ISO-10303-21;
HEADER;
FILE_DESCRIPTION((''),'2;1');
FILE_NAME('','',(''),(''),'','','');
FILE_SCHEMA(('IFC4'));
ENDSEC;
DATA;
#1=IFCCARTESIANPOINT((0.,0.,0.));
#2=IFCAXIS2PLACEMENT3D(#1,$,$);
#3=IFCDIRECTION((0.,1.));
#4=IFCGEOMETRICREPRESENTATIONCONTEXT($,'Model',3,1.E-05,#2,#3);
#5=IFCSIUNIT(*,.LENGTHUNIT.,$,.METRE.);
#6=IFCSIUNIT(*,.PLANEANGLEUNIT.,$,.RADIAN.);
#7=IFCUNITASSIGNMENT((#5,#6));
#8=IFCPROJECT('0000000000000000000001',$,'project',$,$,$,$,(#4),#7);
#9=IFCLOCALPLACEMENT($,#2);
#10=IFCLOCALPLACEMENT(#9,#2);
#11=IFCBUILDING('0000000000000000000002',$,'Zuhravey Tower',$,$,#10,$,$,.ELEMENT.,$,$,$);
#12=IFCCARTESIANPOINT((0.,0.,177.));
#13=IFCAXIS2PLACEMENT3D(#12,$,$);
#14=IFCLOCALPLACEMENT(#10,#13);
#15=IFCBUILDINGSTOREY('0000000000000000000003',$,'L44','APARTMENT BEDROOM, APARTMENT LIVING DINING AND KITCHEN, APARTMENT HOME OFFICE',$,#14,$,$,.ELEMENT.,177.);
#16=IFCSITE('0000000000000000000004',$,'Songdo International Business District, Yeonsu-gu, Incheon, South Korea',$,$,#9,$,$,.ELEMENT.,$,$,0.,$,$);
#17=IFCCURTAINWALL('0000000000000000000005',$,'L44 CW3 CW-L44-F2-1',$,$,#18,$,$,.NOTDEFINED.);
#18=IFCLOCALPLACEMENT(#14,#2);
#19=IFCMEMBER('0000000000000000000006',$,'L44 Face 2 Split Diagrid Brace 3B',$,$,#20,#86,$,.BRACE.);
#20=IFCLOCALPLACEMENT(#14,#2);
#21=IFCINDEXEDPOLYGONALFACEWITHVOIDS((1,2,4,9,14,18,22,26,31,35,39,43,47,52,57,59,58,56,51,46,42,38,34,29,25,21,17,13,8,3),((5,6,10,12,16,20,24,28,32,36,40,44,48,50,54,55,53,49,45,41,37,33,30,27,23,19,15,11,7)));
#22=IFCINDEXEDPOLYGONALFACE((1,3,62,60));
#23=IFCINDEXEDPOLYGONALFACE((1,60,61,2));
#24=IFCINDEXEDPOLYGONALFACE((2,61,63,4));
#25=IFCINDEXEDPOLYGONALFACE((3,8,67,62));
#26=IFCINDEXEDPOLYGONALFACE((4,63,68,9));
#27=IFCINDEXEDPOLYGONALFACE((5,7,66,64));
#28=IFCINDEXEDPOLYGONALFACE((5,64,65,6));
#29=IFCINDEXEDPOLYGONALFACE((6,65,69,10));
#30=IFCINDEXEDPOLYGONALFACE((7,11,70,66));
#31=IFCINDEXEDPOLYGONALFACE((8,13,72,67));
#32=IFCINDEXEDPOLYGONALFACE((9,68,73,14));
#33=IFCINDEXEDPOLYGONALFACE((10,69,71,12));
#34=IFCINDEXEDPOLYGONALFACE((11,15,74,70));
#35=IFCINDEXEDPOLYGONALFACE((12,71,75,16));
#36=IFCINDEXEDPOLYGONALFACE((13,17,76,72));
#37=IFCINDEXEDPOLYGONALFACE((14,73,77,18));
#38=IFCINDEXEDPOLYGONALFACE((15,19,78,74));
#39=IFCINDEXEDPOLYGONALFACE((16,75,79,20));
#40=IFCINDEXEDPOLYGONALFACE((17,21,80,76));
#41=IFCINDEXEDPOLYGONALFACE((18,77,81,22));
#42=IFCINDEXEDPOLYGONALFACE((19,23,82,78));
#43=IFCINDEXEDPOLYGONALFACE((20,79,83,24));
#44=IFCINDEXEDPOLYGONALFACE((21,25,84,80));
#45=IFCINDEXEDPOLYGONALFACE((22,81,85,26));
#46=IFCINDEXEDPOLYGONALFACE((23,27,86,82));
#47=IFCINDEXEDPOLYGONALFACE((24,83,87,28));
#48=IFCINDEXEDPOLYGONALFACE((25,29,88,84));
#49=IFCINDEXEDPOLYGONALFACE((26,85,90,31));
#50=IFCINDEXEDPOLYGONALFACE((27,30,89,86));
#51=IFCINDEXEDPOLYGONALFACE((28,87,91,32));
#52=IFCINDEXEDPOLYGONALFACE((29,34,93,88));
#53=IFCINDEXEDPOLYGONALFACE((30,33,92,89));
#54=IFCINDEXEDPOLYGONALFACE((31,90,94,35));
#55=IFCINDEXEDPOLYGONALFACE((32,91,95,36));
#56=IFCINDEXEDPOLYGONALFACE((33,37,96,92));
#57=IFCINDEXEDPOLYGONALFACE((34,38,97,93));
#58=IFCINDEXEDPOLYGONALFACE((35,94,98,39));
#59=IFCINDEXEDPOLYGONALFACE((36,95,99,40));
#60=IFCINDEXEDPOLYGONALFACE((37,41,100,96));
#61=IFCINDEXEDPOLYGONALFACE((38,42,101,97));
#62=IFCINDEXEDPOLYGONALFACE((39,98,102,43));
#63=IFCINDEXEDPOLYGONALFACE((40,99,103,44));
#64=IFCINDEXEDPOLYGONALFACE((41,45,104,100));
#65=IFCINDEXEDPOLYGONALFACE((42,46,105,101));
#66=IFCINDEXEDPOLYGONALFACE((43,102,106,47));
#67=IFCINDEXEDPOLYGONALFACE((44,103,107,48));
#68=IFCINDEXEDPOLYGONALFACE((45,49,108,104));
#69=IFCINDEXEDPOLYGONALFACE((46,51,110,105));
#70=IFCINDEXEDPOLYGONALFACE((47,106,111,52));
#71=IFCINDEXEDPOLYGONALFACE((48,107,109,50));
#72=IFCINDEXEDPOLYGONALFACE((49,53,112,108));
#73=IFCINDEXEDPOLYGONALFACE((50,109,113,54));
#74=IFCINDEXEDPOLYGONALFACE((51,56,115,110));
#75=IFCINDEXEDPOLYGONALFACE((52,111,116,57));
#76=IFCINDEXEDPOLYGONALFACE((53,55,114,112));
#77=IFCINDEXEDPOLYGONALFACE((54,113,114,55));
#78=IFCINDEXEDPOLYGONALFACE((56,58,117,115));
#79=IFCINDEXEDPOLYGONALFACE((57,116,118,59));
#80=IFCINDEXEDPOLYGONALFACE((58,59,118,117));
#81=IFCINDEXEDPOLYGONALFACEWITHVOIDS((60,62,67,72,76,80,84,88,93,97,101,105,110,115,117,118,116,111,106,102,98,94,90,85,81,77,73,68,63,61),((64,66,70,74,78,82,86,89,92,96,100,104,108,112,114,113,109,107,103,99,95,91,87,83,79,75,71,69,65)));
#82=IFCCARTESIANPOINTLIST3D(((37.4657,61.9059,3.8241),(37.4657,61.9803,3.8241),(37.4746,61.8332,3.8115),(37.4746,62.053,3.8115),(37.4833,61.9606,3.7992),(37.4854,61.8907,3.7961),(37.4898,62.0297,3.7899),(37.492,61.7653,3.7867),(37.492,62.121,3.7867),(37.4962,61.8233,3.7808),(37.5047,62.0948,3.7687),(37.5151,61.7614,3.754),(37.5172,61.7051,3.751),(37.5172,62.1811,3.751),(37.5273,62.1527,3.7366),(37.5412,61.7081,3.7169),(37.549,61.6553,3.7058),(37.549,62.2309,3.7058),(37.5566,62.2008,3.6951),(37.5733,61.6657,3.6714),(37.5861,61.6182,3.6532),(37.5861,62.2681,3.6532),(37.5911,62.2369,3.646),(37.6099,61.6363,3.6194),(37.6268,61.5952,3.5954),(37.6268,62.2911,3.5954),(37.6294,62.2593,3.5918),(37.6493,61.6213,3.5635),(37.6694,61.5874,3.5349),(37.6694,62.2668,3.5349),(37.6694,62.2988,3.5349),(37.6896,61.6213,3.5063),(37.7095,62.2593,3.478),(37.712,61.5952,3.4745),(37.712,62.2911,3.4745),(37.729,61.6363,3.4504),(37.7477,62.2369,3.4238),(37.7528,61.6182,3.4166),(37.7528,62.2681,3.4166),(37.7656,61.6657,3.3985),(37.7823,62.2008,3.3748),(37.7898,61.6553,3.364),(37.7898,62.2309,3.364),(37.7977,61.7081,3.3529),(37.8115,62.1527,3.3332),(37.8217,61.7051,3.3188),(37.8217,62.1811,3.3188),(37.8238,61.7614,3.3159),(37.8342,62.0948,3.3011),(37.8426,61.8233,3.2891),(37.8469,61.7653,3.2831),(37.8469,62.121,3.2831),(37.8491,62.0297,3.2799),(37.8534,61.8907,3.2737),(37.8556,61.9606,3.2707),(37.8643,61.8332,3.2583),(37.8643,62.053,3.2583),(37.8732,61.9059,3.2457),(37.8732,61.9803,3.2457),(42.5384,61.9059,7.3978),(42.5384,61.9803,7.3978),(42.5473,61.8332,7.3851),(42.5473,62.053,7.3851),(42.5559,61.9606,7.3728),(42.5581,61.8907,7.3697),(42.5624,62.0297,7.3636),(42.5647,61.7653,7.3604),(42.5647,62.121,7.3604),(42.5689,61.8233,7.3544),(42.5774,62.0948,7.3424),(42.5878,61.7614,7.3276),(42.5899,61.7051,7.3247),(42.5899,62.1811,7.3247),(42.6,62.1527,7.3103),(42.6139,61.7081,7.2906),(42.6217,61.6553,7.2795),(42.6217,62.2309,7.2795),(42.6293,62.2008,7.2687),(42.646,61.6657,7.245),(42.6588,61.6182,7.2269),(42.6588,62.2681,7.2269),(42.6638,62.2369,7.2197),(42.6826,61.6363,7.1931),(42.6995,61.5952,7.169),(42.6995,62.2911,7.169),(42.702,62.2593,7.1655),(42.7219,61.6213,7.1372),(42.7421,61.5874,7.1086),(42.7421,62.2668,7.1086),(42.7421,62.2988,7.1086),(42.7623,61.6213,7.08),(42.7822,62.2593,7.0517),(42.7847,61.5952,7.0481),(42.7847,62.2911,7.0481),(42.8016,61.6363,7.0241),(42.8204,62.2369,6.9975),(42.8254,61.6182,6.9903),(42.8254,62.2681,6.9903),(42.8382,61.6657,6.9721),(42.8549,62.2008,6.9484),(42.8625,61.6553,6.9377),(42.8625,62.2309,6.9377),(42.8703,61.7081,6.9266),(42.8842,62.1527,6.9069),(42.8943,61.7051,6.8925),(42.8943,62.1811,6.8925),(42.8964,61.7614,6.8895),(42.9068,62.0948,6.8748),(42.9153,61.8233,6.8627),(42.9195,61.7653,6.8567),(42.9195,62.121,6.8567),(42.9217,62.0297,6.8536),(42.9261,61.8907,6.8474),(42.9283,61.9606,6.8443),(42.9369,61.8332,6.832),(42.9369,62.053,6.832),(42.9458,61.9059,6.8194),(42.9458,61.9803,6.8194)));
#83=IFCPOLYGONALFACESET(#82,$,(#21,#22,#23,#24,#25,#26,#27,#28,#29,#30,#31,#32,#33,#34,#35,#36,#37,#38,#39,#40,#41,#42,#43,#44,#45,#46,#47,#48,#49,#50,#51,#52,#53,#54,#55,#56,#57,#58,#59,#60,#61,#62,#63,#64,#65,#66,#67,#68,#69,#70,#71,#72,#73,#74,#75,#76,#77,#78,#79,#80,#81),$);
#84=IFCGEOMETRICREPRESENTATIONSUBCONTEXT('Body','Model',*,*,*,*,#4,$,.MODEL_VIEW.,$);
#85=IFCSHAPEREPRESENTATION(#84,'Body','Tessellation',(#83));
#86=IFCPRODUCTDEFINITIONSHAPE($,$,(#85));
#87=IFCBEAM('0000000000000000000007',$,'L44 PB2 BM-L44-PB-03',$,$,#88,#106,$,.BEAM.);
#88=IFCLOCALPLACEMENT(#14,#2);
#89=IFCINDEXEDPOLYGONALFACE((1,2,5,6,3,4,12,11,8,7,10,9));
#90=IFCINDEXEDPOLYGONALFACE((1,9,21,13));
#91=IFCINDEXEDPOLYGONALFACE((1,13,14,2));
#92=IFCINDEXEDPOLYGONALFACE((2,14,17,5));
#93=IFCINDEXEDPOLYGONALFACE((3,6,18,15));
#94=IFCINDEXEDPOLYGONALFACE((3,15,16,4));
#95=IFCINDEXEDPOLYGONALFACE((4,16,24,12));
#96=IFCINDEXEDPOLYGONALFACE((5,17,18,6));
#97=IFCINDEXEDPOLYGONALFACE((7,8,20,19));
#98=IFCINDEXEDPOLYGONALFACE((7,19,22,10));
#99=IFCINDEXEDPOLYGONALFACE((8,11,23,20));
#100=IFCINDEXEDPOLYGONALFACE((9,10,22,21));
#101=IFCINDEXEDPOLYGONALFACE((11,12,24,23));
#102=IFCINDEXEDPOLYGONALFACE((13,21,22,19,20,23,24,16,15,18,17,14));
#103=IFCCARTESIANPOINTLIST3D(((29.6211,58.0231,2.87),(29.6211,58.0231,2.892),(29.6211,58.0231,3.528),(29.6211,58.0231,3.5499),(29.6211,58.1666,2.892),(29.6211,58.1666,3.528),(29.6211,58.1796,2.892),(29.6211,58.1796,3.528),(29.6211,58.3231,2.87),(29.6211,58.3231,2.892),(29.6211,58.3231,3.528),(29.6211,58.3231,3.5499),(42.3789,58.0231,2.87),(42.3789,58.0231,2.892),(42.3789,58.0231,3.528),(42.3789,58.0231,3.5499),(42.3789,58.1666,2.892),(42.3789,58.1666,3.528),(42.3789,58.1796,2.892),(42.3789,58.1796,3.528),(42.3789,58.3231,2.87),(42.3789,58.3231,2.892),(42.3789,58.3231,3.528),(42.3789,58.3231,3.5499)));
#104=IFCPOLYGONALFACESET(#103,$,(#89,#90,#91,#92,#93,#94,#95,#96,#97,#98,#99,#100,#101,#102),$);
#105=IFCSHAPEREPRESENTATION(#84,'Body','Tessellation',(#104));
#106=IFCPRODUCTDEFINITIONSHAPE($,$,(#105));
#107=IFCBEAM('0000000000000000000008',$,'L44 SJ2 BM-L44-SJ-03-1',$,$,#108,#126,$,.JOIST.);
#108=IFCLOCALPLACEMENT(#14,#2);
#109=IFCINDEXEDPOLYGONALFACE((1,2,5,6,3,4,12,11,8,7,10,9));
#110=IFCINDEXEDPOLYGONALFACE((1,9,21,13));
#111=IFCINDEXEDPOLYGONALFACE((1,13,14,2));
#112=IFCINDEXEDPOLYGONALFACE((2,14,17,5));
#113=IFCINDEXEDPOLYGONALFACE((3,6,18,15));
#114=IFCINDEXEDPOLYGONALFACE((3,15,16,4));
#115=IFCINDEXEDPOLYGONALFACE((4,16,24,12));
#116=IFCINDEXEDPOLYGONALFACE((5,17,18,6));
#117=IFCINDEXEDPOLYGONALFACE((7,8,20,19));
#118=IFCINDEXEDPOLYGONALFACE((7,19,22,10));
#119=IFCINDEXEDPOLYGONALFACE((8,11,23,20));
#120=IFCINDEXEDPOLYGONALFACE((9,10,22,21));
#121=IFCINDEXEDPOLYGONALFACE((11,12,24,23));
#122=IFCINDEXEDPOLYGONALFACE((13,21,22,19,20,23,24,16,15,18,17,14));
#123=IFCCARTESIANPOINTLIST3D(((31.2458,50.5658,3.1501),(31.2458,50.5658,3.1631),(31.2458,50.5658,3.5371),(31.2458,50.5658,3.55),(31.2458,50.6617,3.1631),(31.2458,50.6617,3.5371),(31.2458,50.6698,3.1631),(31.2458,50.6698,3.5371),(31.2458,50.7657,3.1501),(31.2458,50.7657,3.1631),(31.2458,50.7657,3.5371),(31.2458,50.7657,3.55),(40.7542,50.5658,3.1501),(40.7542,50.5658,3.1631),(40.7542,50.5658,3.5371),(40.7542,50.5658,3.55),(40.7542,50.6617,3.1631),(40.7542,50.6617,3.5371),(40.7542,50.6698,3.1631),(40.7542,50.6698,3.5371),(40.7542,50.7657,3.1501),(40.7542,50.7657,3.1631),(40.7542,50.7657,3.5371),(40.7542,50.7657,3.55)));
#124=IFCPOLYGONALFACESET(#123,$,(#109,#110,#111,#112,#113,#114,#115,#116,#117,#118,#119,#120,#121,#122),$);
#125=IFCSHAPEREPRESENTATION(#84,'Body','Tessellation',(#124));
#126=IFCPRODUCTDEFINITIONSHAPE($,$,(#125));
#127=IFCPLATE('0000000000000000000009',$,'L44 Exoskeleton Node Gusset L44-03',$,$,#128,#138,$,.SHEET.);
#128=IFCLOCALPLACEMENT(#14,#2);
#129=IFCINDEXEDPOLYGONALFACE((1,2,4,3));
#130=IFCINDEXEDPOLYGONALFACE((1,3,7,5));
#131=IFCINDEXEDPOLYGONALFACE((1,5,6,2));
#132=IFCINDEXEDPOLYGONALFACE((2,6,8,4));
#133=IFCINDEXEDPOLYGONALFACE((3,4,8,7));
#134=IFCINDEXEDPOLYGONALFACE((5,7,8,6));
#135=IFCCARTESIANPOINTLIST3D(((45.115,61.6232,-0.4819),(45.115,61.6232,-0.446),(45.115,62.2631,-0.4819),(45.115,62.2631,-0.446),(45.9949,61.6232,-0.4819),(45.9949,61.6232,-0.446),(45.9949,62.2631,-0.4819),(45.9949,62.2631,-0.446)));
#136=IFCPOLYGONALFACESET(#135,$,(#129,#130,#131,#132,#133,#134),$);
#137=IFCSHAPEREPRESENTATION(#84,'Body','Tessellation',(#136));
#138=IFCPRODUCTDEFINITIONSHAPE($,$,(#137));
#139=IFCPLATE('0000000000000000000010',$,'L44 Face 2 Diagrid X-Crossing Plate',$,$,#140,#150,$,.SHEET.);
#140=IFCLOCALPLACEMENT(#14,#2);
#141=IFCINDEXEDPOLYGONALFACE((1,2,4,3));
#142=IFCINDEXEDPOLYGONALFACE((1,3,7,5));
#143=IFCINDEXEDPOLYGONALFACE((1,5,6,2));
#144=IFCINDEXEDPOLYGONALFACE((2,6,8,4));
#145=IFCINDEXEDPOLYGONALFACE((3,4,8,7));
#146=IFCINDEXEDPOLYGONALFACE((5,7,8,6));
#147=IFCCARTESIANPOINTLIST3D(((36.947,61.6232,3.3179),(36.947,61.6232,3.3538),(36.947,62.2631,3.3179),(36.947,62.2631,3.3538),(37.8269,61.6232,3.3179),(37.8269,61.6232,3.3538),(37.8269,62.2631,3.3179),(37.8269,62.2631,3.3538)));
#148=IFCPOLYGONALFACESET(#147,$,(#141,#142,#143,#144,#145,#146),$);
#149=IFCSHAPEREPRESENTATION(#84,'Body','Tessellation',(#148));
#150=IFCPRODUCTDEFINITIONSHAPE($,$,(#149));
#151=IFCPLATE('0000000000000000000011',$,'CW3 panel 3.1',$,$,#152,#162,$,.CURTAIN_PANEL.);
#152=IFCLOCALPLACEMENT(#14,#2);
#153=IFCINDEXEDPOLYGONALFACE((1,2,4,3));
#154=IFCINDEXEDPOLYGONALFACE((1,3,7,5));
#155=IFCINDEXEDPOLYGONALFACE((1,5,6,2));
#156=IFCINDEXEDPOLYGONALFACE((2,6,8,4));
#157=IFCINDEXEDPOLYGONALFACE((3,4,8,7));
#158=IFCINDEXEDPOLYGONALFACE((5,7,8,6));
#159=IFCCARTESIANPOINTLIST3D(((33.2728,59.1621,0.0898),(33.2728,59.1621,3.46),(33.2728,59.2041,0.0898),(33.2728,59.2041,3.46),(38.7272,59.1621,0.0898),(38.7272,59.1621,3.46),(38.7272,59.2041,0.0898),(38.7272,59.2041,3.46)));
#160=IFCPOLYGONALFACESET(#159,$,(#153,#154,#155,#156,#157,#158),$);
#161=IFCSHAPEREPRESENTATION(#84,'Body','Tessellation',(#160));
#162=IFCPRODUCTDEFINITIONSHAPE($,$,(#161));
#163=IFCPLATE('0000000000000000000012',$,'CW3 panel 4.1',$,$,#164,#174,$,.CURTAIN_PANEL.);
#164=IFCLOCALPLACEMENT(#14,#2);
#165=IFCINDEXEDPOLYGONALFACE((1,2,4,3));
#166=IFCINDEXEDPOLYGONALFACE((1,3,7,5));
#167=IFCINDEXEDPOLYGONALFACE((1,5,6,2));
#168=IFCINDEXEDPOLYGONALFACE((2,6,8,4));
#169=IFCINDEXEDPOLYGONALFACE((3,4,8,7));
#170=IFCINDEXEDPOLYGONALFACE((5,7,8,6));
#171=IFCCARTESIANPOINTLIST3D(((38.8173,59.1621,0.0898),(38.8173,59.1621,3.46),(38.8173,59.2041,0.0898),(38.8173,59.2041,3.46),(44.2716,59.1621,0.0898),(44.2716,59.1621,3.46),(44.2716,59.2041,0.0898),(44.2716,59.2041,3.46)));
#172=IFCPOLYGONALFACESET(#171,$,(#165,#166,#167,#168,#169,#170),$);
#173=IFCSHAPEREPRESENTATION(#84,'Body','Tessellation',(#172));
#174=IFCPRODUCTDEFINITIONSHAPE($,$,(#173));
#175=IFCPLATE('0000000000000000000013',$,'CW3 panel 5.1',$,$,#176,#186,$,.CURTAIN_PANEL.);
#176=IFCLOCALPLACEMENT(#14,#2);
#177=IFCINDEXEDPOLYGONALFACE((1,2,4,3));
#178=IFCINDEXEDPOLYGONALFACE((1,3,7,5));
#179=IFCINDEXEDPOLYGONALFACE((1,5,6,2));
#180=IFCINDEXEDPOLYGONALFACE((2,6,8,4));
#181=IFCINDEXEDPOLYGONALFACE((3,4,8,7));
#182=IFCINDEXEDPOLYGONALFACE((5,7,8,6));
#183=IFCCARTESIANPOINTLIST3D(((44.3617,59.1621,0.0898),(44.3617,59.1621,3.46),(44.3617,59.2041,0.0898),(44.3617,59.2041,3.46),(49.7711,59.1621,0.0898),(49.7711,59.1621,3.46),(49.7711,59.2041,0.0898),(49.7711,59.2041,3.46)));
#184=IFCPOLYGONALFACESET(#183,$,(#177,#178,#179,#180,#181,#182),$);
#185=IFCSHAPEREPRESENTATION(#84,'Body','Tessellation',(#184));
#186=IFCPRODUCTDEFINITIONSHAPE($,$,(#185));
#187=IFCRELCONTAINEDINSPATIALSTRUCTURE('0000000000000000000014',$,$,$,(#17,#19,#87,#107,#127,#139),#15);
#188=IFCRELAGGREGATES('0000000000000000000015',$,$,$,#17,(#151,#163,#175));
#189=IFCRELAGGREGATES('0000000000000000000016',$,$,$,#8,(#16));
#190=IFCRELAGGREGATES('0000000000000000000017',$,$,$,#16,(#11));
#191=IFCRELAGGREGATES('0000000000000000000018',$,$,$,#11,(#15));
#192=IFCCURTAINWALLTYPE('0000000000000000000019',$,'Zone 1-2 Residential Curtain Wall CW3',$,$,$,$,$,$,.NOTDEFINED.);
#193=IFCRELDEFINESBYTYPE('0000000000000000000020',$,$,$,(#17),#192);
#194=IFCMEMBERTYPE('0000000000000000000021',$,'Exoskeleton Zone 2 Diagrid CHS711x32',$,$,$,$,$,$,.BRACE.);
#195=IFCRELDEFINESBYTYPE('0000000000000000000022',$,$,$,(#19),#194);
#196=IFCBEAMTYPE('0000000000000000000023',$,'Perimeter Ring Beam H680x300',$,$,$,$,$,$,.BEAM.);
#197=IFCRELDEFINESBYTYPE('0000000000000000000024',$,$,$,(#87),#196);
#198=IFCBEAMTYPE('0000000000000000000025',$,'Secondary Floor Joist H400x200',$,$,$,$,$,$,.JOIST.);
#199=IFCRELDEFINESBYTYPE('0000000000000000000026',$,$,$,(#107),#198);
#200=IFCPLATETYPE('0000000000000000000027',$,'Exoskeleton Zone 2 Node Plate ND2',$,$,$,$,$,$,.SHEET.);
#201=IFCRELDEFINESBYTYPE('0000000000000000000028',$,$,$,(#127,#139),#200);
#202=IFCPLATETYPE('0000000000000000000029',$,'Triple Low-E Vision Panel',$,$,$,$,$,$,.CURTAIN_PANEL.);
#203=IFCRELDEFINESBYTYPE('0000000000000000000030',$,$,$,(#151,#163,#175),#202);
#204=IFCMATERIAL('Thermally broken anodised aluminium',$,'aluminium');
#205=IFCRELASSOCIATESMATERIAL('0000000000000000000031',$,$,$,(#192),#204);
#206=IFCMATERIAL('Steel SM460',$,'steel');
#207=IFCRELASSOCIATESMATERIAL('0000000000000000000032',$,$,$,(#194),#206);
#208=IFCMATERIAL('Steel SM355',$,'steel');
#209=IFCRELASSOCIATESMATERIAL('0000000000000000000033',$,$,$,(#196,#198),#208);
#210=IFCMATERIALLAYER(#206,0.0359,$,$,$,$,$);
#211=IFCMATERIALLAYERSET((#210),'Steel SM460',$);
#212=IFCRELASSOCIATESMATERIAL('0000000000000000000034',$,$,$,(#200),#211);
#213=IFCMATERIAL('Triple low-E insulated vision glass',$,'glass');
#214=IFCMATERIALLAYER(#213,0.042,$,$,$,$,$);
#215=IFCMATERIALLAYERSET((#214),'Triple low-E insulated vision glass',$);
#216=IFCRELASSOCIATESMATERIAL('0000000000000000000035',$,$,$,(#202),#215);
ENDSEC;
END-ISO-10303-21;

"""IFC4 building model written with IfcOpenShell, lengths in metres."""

from ifc_helpers import new_model, si_unit, direction, frame, origin, origin_2d, place, context, subcontext, project, spatial, rectangle, hollow_circle, i_section, extrude, material, layer, layer_set, material_profile, profile_set, type_object, element, aggregate, save


model = new_model("IFC4")

# Units and contexts
model_context = context("Model", 3, precision=1e-05, world=origin(), true_north=direction((0.0, 1.0)))
body_context = subcontext(model_context, "Body", "Model", "MODEL_VIEW")
ifc_project = project(units=[si_unit("LENGTHUNIT", "METRE"), si_unit("PLANEANGLEUNIT", "RADIAN")], contexts=[model_context])

# Site, building, storey
site_placement = place(None, origin())
site = spatial("IfcSite", under=ifc_project, at=site_placement, Name="Songdo International Business District, Yeonsu-gu, Incheon, South Korea", CompositionType="ELEMENT", RefElevation=0.0)
building_placement = place(site_placement, origin())
building = spatial("IfcBuilding", under=site, at=building_placement, Name="Zuhravey Tower", CompositionType="ELEMENT")
storey_placement = place(building_placement, frame((0.0, 0.0, 177.0)))
storey = spatial("IfcBuildingStorey", under=building, at=storey_placement, Name="L44", Description="APARTMENT BEDROOM, APARTMENT LIVING DINING AND KITCHEN, APARTMENT HOME OFFICE", CompositionType="ELEMENT", Elevation=177.0)

# Curtain wall
ifc_material_1 = material(Name="Thermally broken anodised aluminium", Category="aluminium")
curtain_wall_type = type_object("IfcCurtainWallType", Name="Zone 1-2 Residential Curtain Wall CW3", PredefinedType="NOTDEFINED", material=ifc_material_1)
curtain_wall_placement = place(storey_placement, origin())
curtain_wall = element("IfcCurtainWall", 1, at=curtain_wall_placement, inside=storey, type_object=curtain_wall_type, Name="L44 CW3 CW-L44-F2-1", PredefinedType="NOTDEFINED")

# Member
ifc_material_2 = material(Name="Steel SM355", Category="steel")
ifc_material_3 = material(Name="Steel SM460", Category="steel")
ifc_material_profile_1 = material_profile(ifc_material_3, hollow_circle(Radius=0.3557, WallThickness=0.032, at=origin_2d()), Name="CHS-711.2x32")
ifc_profile_set_1 = profile_set([ifc_material_profile_1], Name="Steel SM460")
member_type_1 = type_object("IfcMemberType", Name="Exoskeleton Zone 2 Diagrid CHS711x32", PredefinedType="BRACE", material=ifc_profile_set_1)
member_1_placement = place(storey_placement, frame((37.6694, 61.9431, 3.5349), z_axis=(0.817502, 0.0, 0.575926), x_axis=(0.0, 1.0, 0.0)))
element("IfcMember", 2, at=member_1_placement, inside=storey, type_object=member_type_1, Name="L44 Face 2 Split Diagrid Brace 3B", PredefinedType="BRACE", context=body_context, shape_type="SweptSolid", body=[
    extrude(hollow_circle(Radius=0.3557, WallThickness=0.032, at=origin_2d()), origin(), (0.0, 0.0, 1.0), 6.2051),
])

# Beams
ifc_material_profile_2 = material_profile(ifc_material_2, i_section(OverallWidth=0.3, OverallDepth=0.6799, WebThickness=0.0129, FlangeThickness=0.022, at=origin_2d()), Name="H-680x300x13x22")
ifc_profile_set_2 = profile_set([ifc_material_profile_2], Name="Steel SM355")
beam_type_1 = type_object("IfcBeamType", Name="Perimeter Ring Beam H680x300", PredefinedType="BEAM", material=ifc_profile_set_2)
beam_1_placement = place(storey_placement, frame((42.3789, 58.1731, 3.21), z_axis=(-1.0, 0.0, 0.0), x_axis=(0.0, -1.0, 0.0)))
element("IfcBeam", 3, at=beam_1_placement, inside=storey, type_object=beam_type_1, Name="L44 PB2 BM-L44-PB-03", PredefinedType="BEAM", context=body_context, shape_type="SweptSolid", body=[
    extrude(i_section(OverallWidth=0.3, OverallDepth=0.6799, WebThickness=0.0129, FlangeThickness=0.022, at=origin_2d()), origin(), (0.0, 0.0, 1.0), 12.7578),
])
ifc_material_profile_3 = material_profile(ifc_material_2, i_section(OverallWidth=0.2, OverallDepth=0.3999, WebThickness=0.0081, FlangeThickness=0.0129, at=origin_2d()), Name="H-400x200x8x13")
ifc_profile_set_3 = profile_set([ifc_material_profile_3], Name="Steel SM355")
beam_type_2 = type_object("IfcBeamType", Name="Secondary Floor Joist H400x200", PredefinedType="JOIST", material=ifc_profile_set_3)
beam_2_placement = place(storey_placement, frame((40.7542, 50.6658, 3.3501), z_axis=(-1.0, 0.0, 0.0), x_axis=(0.0, -1.0, 0.0)))
element("IfcBeam", 4, at=beam_2_placement, inside=storey, type_object=beam_type_2, Name="L44 SJ2 BM-L44-SJ-03-1", PredefinedType="JOIST", context=body_context, shape_type="SweptSolid", body=[
    extrude(i_section(OverallWidth=0.2, OverallDepth=0.3999, WebThickness=0.0081, FlangeThickness=0.0129, at=origin_2d()), origin(), (0.0, 0.0, 1.0), 9.5083),
])

# Plates
ifc_layer_1 = layer(ifc_material_3, 0.0359)
ifc_layer_set_1 = layer_set([ifc_layer_1], Name="Steel SM460")
plate_type_1 = type_object("IfcPlateType", Name="Exoskeleton Zone 2 Node Plate ND2", PredefinedType="SHEET", material=ifc_layer_set_1)
for number, where, z_axis, x_axis, name in (
    (5, (45.5549, 61.9431, -0.4819), (0.0, 0.0, 1.0), (-1.0, 0.0, 0.0), "L44 Exoskeleton Node Gusset L44-03"),
    (6, (37.387, 61.9431, 3.3179), (0.0, 0.0, 1.0), (-1.0, 0.0, 0.0), "L44 Face 2 Diagrid X-Crossing Plate"),
):
    element("IfcPlate", number, at=place(storey_placement, frame(where, z_axis=z_axis, x_axis=x_axis)), inside=storey, type_object=plate_type_1, Name=name, PredefinedType="SHEET", context=body_context, shape_type="SweptSolid", body=[
        extrude(rectangle(XDim=0.8799, YDim=0.6399, at=origin_2d()), origin(), (0.0, 0.0, 1.0), 0.0359),
    ])

# Plates
ifc_material_4 = material(Name="Triple low-E insulated vision glass", Category="glass")
ifc_layer_2 = layer(ifc_material_4, 0.042)
ifc_layer_set_2 = layer_set([ifc_layer_2], Name="Triple low-E insulated vision glass")
plate_type_2 = type_object("IfcPlateType", Name="Triple Low-E Vision Panel", PredefinedType="CURTAIN_PANEL", material=ifc_layer_set_2)
plate_1_placement = place(storey_placement, frame((36.0, 59.1831, 0.0898), z_axis=(0.0, 0.0, 1.0), x_axis=(1.0, 0.0, 0.0)))
plate_1 = element("IfcPlate", 7, at=plate_1_placement, type_object=plate_type_2, Name="CW3 panel 3.1", PredefinedType="CURTAIN_PANEL", context=body_context, shape_type="SweptSolid", body=[
    extrude(rectangle(XDim=5.4543, YDim=0.042, at=origin_2d()), origin(), (0.0, 0.0, 1.0), 3.3701),
])
plate_2_placement = place(storey_placement, frame((41.5444, 59.1831, 0.0898), z_axis=(0.0, 0.0, 1.0), x_axis=(1.0, 0.0, 0.0)))
plate_2 = element("IfcPlate", 8, at=plate_2_placement, type_object=plate_type_2, Name="CW3 panel 4.1", PredefinedType="CURTAIN_PANEL", context=body_context, shape_type="SweptSolid", body=[
    extrude(rectangle(XDim=5.4543, YDim=0.042, at=origin_2d()), origin(), (0.0, 0.0, 1.0), 3.3701),
])
plate_3_placement = place(storey_placement, frame((47.0664, 59.1831, 0.0898), z_axis=(0.0, 0.0, 1.0), x_axis=(1.0, 0.0, 0.0)))
plate_3 = element("IfcPlate", 9, at=plate_3_placement, type_object=plate_type_2, Name="CW3 panel 5.1", PredefinedType="CURTAIN_PANEL", context=body_context, shape_type="SweptSolid", body=[
    extrude(rectangle(XDim=5.4094, YDim=0.042, at=origin_2d()), origin(), (0.0, 0.0, 1.0), 3.3701),
])
aggregate(curtain_wall, [plate_1, plate_2, plate_3])

save(model, "model.ifc")
